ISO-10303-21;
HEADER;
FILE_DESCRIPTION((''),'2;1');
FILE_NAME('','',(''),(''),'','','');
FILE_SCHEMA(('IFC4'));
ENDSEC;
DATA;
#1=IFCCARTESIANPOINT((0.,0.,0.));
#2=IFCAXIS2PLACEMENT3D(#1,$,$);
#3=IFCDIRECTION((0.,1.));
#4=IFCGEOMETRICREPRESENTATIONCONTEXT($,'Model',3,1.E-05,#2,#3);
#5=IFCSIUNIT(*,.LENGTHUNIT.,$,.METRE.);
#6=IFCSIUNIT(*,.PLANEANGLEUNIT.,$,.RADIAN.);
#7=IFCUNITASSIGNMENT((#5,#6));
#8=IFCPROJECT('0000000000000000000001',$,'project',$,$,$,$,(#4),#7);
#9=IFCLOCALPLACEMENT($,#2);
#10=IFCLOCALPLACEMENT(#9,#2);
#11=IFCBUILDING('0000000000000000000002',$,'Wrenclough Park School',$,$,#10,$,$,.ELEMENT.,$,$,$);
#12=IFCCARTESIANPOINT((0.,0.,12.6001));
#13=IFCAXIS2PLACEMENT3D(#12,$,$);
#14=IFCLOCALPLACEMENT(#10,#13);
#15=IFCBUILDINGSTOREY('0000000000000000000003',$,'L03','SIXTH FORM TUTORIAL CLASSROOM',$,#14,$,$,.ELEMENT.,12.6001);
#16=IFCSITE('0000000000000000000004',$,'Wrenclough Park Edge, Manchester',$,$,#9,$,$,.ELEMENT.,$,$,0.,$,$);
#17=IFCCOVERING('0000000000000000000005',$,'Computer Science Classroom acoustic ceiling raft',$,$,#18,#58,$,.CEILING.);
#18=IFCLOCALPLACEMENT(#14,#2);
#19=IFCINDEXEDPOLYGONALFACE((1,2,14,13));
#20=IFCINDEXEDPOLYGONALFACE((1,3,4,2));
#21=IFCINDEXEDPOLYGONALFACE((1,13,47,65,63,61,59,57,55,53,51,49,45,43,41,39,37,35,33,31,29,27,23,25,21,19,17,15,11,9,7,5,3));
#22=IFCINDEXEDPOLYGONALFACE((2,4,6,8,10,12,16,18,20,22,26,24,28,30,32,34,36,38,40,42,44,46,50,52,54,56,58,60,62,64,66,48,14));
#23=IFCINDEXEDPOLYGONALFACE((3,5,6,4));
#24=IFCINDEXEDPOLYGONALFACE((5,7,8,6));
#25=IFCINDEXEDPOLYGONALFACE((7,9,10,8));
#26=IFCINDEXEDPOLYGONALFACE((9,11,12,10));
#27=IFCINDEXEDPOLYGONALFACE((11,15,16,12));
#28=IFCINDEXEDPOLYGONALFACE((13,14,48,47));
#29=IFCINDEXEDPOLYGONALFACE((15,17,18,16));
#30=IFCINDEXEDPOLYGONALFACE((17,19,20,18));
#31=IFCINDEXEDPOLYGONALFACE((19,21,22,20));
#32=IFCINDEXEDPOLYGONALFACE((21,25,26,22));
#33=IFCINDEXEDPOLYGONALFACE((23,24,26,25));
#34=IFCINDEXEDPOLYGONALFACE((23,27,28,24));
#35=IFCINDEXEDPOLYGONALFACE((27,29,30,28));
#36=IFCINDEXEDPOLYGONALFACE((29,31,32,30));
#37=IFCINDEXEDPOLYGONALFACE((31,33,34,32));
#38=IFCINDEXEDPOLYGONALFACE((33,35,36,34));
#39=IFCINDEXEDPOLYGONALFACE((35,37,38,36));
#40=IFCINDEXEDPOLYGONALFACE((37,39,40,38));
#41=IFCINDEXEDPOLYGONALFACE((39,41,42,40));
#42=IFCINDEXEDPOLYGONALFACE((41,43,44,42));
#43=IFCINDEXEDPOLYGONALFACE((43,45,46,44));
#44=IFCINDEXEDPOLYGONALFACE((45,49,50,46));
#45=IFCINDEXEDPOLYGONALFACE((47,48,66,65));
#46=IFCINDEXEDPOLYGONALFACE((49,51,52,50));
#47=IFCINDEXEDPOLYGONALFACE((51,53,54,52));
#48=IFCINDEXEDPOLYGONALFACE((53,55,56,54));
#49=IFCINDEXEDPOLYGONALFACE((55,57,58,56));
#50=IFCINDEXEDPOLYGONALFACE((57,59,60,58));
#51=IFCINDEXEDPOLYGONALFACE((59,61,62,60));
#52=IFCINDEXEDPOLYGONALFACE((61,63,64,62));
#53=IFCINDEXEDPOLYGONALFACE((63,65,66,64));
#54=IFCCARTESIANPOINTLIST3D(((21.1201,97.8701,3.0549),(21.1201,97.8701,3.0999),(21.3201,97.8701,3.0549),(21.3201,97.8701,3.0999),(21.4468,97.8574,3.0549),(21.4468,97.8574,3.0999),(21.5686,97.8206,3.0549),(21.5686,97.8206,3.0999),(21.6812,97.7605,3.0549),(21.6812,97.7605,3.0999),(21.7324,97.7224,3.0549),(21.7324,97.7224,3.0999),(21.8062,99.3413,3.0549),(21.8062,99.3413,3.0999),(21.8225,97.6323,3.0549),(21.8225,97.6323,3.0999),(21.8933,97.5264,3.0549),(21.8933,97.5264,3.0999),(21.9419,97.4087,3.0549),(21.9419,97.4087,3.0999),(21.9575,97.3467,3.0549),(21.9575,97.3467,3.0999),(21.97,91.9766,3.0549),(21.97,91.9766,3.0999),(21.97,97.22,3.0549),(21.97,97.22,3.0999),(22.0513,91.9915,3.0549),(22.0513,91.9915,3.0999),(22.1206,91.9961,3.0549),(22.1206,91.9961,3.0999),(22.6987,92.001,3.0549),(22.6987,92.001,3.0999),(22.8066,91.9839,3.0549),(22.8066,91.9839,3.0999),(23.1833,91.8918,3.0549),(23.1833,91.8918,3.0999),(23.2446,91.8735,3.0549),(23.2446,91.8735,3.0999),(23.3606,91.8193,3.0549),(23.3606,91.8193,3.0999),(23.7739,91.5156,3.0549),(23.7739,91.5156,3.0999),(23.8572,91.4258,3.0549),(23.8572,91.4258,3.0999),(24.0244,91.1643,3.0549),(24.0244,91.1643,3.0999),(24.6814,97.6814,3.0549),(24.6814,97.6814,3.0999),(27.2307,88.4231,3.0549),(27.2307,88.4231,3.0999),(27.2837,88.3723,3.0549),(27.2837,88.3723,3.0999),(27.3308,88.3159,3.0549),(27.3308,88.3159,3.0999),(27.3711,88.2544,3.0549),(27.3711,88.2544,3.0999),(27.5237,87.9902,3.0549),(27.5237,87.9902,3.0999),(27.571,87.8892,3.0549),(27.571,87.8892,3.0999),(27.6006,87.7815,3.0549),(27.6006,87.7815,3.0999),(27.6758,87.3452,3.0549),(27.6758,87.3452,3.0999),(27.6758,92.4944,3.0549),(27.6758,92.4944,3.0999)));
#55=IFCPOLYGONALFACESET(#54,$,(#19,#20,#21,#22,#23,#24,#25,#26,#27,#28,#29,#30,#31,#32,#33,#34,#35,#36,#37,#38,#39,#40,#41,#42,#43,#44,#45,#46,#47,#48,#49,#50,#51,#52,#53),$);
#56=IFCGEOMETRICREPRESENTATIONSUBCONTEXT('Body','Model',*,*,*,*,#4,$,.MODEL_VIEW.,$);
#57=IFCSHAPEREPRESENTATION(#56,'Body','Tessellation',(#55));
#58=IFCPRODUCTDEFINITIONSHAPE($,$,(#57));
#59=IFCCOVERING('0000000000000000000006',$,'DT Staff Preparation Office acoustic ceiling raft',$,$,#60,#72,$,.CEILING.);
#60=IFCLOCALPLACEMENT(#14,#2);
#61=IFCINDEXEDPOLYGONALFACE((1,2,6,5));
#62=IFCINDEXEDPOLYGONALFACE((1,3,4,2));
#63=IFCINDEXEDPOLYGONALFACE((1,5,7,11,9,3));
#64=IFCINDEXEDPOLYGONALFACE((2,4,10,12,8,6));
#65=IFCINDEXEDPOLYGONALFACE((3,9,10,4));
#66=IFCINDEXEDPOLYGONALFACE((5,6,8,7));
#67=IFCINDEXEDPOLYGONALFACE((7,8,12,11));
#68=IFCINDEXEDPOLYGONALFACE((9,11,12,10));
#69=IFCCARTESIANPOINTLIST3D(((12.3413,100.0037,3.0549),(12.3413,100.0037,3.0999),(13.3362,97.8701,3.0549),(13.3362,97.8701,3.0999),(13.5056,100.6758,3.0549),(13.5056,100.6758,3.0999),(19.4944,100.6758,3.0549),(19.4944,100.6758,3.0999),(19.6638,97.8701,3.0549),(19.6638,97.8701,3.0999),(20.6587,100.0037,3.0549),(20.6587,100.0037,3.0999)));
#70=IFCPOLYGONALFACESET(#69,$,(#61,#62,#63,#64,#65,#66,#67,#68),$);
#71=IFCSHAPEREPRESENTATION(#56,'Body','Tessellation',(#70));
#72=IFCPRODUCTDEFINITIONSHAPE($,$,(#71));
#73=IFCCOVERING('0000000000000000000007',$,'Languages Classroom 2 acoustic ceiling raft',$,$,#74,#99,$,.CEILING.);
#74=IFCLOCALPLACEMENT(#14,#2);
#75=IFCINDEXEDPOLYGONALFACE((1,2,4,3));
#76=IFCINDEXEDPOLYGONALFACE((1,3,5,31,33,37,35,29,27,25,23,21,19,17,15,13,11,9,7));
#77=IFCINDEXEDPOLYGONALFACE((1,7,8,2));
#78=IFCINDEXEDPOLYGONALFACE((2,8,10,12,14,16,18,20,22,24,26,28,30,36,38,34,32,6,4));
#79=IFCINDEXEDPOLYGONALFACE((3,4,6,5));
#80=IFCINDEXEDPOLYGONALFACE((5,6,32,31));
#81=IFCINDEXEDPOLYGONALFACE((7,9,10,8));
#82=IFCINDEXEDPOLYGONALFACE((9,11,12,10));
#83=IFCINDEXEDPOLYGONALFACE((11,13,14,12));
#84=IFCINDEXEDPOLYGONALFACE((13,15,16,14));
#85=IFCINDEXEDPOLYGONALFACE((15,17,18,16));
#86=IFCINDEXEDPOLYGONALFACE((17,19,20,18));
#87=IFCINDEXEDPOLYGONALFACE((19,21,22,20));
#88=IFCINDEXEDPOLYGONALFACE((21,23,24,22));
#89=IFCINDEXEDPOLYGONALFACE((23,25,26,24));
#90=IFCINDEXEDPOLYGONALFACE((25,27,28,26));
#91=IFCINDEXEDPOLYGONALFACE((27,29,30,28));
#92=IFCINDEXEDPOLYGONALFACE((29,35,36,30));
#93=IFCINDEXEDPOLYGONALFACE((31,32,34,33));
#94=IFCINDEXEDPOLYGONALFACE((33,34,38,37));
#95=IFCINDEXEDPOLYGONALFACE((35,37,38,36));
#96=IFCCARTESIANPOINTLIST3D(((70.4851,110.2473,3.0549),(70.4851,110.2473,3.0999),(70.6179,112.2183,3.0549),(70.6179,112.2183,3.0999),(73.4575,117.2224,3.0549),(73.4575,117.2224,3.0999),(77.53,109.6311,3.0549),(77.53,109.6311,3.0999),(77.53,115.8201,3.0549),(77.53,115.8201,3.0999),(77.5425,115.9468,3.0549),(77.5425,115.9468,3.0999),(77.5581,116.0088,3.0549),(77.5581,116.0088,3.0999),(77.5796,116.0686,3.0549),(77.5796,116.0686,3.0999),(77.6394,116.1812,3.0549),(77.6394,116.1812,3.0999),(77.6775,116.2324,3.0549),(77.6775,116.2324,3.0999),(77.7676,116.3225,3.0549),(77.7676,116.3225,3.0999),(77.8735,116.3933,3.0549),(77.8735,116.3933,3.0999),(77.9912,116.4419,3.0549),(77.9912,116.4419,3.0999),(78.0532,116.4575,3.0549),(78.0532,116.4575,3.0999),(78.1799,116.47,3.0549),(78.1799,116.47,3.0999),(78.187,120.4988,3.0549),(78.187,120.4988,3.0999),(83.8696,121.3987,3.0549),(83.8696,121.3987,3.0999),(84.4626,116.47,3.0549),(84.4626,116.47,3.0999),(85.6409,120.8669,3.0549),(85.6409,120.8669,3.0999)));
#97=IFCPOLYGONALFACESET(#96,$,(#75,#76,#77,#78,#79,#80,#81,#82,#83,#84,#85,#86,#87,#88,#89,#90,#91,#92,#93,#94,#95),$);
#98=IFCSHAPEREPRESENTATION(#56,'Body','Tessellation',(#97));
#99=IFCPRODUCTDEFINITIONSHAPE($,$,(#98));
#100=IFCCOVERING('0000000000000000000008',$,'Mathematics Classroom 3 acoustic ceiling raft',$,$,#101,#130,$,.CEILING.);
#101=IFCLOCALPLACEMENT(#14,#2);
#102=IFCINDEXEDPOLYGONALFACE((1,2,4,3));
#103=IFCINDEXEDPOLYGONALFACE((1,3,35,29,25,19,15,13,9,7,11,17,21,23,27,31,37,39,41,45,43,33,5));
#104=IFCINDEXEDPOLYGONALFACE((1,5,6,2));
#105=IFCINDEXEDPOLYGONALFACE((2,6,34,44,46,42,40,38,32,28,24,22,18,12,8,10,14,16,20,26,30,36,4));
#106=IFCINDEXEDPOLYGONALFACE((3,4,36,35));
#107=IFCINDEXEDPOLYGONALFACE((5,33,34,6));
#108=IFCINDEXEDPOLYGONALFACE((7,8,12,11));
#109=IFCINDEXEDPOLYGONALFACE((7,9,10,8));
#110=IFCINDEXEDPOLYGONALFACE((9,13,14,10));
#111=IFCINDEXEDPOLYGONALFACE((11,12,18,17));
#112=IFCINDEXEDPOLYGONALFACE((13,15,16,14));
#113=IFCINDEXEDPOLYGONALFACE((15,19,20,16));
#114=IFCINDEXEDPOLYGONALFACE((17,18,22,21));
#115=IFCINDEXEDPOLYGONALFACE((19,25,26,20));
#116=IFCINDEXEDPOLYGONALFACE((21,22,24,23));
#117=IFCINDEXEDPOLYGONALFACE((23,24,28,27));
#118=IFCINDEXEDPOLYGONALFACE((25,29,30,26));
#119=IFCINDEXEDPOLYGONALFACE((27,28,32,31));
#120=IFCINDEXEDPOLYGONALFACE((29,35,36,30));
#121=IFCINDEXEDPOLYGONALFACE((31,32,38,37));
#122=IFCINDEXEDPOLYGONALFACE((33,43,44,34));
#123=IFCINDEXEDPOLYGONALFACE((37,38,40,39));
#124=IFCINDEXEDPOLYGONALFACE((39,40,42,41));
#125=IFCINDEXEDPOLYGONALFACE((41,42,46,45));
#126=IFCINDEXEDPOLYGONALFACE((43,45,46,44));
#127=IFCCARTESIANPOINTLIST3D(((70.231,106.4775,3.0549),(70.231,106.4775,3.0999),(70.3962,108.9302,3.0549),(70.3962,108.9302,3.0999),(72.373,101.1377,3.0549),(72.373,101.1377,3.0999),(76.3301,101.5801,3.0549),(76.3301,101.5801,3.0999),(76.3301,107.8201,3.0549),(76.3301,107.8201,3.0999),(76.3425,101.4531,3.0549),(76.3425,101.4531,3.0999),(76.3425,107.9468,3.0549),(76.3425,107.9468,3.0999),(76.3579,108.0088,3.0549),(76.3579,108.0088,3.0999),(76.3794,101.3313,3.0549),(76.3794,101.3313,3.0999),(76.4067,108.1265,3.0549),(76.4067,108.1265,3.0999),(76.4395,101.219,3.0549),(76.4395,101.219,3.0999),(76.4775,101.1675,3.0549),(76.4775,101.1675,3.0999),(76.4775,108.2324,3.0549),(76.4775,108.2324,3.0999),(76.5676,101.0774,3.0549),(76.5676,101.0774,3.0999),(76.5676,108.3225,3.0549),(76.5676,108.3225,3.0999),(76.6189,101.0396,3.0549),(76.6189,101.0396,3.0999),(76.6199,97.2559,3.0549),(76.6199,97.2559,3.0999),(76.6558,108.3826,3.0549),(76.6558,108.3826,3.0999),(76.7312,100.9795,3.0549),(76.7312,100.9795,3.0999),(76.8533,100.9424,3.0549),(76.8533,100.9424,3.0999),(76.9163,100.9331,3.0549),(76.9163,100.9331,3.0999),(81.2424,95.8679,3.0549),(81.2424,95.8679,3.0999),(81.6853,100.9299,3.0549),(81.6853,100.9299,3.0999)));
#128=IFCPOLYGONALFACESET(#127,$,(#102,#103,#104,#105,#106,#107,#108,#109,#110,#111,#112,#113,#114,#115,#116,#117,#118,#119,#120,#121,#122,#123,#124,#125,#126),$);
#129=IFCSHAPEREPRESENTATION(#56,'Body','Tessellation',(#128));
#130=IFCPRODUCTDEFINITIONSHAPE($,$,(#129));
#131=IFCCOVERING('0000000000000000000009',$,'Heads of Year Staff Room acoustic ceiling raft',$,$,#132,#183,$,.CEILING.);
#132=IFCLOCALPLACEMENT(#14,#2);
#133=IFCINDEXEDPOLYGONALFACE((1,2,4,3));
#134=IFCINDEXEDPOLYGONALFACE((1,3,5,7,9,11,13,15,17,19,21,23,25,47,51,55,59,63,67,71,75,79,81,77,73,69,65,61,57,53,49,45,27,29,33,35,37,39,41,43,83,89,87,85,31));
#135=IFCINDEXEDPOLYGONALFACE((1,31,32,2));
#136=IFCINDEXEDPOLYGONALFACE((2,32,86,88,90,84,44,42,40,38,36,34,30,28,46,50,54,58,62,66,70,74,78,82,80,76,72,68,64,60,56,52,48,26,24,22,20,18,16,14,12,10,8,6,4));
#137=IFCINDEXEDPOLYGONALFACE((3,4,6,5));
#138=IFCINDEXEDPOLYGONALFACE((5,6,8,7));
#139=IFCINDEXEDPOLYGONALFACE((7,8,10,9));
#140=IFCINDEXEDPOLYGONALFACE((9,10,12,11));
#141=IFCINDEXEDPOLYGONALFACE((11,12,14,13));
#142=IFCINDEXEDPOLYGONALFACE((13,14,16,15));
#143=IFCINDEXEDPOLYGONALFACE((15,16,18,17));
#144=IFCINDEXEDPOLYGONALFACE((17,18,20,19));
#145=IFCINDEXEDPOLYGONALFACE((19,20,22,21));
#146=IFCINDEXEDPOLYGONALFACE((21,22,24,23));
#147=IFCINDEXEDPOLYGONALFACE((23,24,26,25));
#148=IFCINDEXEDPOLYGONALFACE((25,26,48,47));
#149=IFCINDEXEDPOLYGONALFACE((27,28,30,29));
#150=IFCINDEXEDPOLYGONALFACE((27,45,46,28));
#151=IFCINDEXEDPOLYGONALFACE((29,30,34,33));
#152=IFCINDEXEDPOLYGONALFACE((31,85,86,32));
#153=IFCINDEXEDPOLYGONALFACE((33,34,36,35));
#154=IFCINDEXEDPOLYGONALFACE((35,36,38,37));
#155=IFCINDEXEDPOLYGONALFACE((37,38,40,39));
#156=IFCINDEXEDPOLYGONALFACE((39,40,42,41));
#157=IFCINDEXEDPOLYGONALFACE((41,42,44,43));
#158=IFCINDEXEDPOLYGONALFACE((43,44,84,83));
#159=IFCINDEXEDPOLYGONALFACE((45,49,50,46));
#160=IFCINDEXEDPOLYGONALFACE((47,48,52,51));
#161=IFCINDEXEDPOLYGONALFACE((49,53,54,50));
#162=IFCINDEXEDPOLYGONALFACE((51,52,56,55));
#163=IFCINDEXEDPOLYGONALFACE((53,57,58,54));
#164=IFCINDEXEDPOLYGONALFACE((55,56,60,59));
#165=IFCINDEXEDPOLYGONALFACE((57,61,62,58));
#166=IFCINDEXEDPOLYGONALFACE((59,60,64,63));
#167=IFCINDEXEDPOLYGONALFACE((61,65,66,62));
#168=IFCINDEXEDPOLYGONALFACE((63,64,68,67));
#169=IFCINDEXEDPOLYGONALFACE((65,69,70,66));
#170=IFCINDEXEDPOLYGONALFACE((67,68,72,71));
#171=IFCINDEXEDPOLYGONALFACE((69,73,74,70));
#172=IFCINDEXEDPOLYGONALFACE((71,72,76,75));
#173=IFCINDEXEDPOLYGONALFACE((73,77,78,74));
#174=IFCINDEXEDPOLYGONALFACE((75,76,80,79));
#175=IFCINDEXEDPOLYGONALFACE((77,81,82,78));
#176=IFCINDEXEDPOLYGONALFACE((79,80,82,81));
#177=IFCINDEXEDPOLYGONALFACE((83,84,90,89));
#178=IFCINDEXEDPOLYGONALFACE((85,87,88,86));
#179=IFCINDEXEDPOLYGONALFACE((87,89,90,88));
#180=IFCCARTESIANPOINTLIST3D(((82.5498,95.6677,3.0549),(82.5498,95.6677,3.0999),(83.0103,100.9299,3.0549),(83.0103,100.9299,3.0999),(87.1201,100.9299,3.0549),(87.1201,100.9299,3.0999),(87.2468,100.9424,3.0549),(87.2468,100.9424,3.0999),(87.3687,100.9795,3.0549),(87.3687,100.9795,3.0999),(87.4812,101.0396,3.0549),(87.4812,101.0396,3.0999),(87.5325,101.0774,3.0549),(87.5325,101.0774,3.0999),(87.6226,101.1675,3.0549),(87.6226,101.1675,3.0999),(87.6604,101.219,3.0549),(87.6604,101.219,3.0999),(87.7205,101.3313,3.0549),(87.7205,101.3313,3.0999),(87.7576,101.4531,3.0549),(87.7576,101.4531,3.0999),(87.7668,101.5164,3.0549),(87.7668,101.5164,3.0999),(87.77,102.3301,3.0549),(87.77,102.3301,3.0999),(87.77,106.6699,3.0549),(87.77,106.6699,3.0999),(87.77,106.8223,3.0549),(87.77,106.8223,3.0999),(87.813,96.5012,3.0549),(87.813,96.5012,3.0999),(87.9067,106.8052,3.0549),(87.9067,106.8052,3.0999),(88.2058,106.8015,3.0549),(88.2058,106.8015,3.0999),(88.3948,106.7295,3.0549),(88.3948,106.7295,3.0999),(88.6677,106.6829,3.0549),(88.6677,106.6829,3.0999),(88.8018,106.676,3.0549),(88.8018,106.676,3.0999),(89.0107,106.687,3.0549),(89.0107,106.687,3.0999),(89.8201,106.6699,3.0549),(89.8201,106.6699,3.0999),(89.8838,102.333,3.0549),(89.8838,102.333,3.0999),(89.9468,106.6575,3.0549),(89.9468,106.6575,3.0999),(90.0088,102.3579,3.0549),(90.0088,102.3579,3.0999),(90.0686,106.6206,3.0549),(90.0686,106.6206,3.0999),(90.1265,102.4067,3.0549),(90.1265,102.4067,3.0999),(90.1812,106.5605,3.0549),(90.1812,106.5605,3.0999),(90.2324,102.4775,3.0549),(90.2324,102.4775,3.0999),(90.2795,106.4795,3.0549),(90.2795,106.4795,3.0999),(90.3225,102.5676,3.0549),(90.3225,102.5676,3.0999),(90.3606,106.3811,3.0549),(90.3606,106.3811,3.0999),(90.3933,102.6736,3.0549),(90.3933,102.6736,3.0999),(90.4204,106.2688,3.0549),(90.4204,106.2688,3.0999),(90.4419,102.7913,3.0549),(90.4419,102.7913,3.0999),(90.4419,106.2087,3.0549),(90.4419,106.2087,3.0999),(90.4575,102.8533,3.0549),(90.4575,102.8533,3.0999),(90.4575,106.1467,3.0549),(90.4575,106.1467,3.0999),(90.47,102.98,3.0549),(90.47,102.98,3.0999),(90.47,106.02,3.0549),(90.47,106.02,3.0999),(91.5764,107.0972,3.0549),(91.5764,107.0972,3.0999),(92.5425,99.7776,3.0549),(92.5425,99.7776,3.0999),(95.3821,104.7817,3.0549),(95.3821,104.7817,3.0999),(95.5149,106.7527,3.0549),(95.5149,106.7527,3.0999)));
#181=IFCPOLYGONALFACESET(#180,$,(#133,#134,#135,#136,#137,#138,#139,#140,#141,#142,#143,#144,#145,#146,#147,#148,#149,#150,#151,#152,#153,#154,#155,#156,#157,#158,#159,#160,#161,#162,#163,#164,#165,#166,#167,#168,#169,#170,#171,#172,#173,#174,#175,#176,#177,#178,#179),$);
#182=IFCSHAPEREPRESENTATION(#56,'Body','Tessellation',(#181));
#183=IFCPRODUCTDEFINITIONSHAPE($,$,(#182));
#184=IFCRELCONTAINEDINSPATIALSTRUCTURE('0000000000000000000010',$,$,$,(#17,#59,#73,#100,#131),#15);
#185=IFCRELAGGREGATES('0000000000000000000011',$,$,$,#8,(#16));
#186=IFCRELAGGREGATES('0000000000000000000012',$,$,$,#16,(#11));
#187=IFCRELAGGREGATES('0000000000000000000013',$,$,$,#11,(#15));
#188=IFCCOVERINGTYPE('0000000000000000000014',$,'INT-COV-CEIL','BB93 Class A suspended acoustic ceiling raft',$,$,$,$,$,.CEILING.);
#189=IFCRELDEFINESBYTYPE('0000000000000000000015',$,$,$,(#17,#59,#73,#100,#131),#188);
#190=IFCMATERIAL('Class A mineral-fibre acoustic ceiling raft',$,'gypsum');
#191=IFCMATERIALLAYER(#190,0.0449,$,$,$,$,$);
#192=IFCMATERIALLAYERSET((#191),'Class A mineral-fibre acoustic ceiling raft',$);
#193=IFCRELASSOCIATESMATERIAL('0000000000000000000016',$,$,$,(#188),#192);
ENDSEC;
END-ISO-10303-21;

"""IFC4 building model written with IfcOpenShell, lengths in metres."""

from ifc_helpers import new_model, si_unit, direction, frame, origin, place, context, subcontext, project, spatial, polyline, outline, extrude, material, layer, layer_set, type_object, element, save


model = new_model("IFC4")

# Units and contexts
model_context = context("Model", 3, precision=1e-05, world=origin(), true_north=direction((0.0, 1.0)))
body_context = subcontext(model_context, "Body", "Model", "MODEL_VIEW")
ifc_project = project(units=[si_unit("LENGTHUNIT", "METRE"), si_unit("PLANEANGLEUNIT", "RADIAN")], contexts=[model_context])

# Site, building, storey
site_placement = place(None, origin())
site = spatial("IfcSite", under=ifc_project, at=site_placement, Name="Wrenclough Park Edge, Manchester", CompositionType="ELEMENT", RefElevation=0.0)
building_placement = place(site_placement, origin())
building = spatial("IfcBuilding", under=site, at=building_placement, Name="Wrenclough Park School", CompositionType="ELEMENT")
storey_placement = place(building_placement, frame((0.0, 0.0, 12.6001)))
storey = spatial("IfcBuildingStorey", under=building, at=storey_placement, Name="L03", Description="SIXTH FORM TUTORIAL CLASSROOM", CompositionType="ELEMENT", Elevation=12.6001)

# Coverings
ifc_material_1 = material(Name="Class A mineral-fibre acoustic ceiling raft", Category="gypsum")
ifc_layer_1 = layer(ifc_material_1, 0.0449)
ifc_layer_set_1 = layer_set([ifc_layer_1], Name="Class A mineral-fibre acoustic ceiling raft")
covering_type_1 = type_object("IfcCoveringType", Name="INT-COV-CEIL", Description="BB93 Class A suspended acoustic ceiling raft", PredefinedType="CEILING", material=ifc_layer_set_1)
covering_1_placement = place(storey_placement, frame((0.0, 0.0, 3.0549)))
element("IfcCovering", 1, at=covering_1_placement, inside=storey, type_object=covering_type_1, Name="Computer Science Classroom acoustic ceiling raft", PredefinedType="CEILING", context=body_context, shape_type="SweptSolid", body=[
    extrude(outline(polyline([(21.97, 97.22), (21.97, 91.9766), (22.0513, 91.9915), (22.1206, 91.9961), (22.6987, 92.001), (22.8066, 91.9839), (23.1833, 91.8918), (23.2446, 91.8735), (23.3606, 91.8193), (23.7739, 91.5156), (23.8572, 91.4258), (24.0244, 91.1643), (27.2307, 88.4231), (27.2837, 88.3723), (27.3308, 88.3159), (27.3711, 88.2544), (27.5237, 87.9902), (27.571, 87.8892), (27.6006, 87.7815), (27.6758, 87.3452), (27.6758, 92.4944), (24.6814, 97.6814), (21.8062, 99.3413), (21.1201, 97.8701), (21.3201, 97.8701), (21.4468, 97.8574), (21.5686, 97.8206), (21.6812, 97.7605), (21.7324, 97.7224), (21.8225, 97.6323), (21.8933, 97.5264), (21.9419, 97.4087), (21.9575, 97.3467), (21.97, 97.22)])), origin(), (0.0, 0.0, 1.0), 0.0449),
])
covering_2_placement = place(storey_placement, frame((0.0, 0.0, 3.0549)))
element("IfcCovering", 2, at=covering_2_placement, inside=storey, type_object=covering_type_1, Name="DT Staff Preparation Office acoustic ceiling raft", PredefinedType="CEILING", context=body_context, shape_type="SweptSolid", body=[
    extrude(outline(polyline([(13.3362, 97.8701), (19.6638, 97.8701), (20.6587, 100.0037), (19.4944, 100.6758), (13.5056, 100.6758), (12.3413, 100.0037), (13.3362, 97.8701)])), origin(), (0.0, 0.0, 1.0), 0.0449),
])
covering_3_placement = place(storey_placement, frame((0.0, 0.0, 3.0549)))
element("IfcCovering", 3, at=covering_3_placement, inside=storey, type_object=covering_type_1, Name="Languages Classroom 2 acoustic ceiling raft", PredefinedType="CEILING", context=body_context, shape_type="SweptSolid", body=[
    extrude(outline(polyline([(70.6179, 112.2183), (70.4851, 110.2473), (77.53, 109.6311), (77.53, 115.8201), (77.5425, 115.9468), (77.5581, 116.0088), (77.5796, 116.0686), (77.6394, 116.1812), (77.6775, 116.2324), (77.7676, 116.3225), (77.8735, 116.3933), (77.9912, 116.4419), (78.0532, 116.4575), (78.1799, 116.47), (84.4626, 116.47), (85.6409, 120.8669), (83.8696, 121.3987), (78.187, 120.4988), (73.4575, 117.2224), (70.6179, 112.2183)])), origin(), (0.0, 0.0, 1.0), 0.0449),
])
covering_4_placement = place(storey_placement, frame((0.0, 0.0, 3.0549)))
element("IfcCovering", 4, at=covering_4_placement, inside=storey, type_object=covering_type_1, Name="Mathematics Classroom 3 acoustic ceiling raft", PredefinedType="CEILING", context=body_context, shape_type="SweptSolid", body=[
    extrude(outline(polyline([(76.6558, 108.3826), (70.3962, 108.9302), (70.231, 106.4775), (72.373, 101.1377), (76.6199, 97.2559), (81.2424, 95.8679), (81.6853, 100.9299), (76.9163, 100.9331), (76.8533, 100.9424), (76.7312, 100.9795), (76.6189, 101.0396), (76.5676, 101.0774), (76.4775, 101.1675), (76.4395, 101.219), (76.3794, 101.3313), (76.3425, 101.4531), (76.3301, 101.5801), (76.3301, 107.8201), (76.3425, 107.9468), (76.3579, 108.0088), (76.4067, 108.1265), (76.4775, 108.2324), (76.5676, 108.3225), (76.6558, 108.3826)])), origin(), (0.0, 0.0, 1.0), 0.0449),
])
covering_5_placement = place(storey_placement, frame((0.0, 0.0, 3.0549)))
element("IfcCovering", 5, at=covering_5_placement, inside=storey, type_object=covering_type_1, Name="Heads of Year Staff Room acoustic ceiling raft", PredefinedType="CEILING", context=body_context, shape_type="SweptSolid", body=[
    extrude(outline(polyline([(83.0103, 100.9299), (82.5498, 95.6677), (87.813, 96.5012), (92.5425, 99.7776), (95.3821, 104.7817), (95.5149, 106.7527), (91.5764, 107.0972), (89.0107, 106.687), (88.8018, 106.676), (88.6677, 106.6829), (88.3948, 106.7295), (88.2058, 106.8015), (87.9067, 106.8052), (87.77, 106.8223), (87.77, 106.6699), (89.8201, 106.6699), (89.9468, 106.6575), (90.0686, 106.6206), (90.1812, 106.5605), (90.2795, 106.4795), (90.3606, 106.3811), (90.4204, 106.2688), (90.4419, 106.2087), (90.4575, 106.1467), (90.47, 106.02), (90.47, 102.98), (90.4575, 102.8533), (90.4419, 102.7913), (90.3933, 102.6736), (90.3225, 102.5676), (90.2324, 102.4775), (90.1265, 102.4067), (90.0088, 102.3579), (89.8838, 102.333), (87.77, 102.3301), (87.7668, 101.5164), (87.7576, 101.4531), (87.7205, 101.3313), (87.6604, 101.219), (87.6226, 101.1675), (87.5325, 101.0774), (87.4812, 101.0396), (87.3687, 100.9795), (87.2468, 100.9424), (87.1201, 100.9299), (83.0103, 100.9299)])), origin(), (0.0, 0.0, 1.0), 0.0449),
])

save(model, "model.ifc")
